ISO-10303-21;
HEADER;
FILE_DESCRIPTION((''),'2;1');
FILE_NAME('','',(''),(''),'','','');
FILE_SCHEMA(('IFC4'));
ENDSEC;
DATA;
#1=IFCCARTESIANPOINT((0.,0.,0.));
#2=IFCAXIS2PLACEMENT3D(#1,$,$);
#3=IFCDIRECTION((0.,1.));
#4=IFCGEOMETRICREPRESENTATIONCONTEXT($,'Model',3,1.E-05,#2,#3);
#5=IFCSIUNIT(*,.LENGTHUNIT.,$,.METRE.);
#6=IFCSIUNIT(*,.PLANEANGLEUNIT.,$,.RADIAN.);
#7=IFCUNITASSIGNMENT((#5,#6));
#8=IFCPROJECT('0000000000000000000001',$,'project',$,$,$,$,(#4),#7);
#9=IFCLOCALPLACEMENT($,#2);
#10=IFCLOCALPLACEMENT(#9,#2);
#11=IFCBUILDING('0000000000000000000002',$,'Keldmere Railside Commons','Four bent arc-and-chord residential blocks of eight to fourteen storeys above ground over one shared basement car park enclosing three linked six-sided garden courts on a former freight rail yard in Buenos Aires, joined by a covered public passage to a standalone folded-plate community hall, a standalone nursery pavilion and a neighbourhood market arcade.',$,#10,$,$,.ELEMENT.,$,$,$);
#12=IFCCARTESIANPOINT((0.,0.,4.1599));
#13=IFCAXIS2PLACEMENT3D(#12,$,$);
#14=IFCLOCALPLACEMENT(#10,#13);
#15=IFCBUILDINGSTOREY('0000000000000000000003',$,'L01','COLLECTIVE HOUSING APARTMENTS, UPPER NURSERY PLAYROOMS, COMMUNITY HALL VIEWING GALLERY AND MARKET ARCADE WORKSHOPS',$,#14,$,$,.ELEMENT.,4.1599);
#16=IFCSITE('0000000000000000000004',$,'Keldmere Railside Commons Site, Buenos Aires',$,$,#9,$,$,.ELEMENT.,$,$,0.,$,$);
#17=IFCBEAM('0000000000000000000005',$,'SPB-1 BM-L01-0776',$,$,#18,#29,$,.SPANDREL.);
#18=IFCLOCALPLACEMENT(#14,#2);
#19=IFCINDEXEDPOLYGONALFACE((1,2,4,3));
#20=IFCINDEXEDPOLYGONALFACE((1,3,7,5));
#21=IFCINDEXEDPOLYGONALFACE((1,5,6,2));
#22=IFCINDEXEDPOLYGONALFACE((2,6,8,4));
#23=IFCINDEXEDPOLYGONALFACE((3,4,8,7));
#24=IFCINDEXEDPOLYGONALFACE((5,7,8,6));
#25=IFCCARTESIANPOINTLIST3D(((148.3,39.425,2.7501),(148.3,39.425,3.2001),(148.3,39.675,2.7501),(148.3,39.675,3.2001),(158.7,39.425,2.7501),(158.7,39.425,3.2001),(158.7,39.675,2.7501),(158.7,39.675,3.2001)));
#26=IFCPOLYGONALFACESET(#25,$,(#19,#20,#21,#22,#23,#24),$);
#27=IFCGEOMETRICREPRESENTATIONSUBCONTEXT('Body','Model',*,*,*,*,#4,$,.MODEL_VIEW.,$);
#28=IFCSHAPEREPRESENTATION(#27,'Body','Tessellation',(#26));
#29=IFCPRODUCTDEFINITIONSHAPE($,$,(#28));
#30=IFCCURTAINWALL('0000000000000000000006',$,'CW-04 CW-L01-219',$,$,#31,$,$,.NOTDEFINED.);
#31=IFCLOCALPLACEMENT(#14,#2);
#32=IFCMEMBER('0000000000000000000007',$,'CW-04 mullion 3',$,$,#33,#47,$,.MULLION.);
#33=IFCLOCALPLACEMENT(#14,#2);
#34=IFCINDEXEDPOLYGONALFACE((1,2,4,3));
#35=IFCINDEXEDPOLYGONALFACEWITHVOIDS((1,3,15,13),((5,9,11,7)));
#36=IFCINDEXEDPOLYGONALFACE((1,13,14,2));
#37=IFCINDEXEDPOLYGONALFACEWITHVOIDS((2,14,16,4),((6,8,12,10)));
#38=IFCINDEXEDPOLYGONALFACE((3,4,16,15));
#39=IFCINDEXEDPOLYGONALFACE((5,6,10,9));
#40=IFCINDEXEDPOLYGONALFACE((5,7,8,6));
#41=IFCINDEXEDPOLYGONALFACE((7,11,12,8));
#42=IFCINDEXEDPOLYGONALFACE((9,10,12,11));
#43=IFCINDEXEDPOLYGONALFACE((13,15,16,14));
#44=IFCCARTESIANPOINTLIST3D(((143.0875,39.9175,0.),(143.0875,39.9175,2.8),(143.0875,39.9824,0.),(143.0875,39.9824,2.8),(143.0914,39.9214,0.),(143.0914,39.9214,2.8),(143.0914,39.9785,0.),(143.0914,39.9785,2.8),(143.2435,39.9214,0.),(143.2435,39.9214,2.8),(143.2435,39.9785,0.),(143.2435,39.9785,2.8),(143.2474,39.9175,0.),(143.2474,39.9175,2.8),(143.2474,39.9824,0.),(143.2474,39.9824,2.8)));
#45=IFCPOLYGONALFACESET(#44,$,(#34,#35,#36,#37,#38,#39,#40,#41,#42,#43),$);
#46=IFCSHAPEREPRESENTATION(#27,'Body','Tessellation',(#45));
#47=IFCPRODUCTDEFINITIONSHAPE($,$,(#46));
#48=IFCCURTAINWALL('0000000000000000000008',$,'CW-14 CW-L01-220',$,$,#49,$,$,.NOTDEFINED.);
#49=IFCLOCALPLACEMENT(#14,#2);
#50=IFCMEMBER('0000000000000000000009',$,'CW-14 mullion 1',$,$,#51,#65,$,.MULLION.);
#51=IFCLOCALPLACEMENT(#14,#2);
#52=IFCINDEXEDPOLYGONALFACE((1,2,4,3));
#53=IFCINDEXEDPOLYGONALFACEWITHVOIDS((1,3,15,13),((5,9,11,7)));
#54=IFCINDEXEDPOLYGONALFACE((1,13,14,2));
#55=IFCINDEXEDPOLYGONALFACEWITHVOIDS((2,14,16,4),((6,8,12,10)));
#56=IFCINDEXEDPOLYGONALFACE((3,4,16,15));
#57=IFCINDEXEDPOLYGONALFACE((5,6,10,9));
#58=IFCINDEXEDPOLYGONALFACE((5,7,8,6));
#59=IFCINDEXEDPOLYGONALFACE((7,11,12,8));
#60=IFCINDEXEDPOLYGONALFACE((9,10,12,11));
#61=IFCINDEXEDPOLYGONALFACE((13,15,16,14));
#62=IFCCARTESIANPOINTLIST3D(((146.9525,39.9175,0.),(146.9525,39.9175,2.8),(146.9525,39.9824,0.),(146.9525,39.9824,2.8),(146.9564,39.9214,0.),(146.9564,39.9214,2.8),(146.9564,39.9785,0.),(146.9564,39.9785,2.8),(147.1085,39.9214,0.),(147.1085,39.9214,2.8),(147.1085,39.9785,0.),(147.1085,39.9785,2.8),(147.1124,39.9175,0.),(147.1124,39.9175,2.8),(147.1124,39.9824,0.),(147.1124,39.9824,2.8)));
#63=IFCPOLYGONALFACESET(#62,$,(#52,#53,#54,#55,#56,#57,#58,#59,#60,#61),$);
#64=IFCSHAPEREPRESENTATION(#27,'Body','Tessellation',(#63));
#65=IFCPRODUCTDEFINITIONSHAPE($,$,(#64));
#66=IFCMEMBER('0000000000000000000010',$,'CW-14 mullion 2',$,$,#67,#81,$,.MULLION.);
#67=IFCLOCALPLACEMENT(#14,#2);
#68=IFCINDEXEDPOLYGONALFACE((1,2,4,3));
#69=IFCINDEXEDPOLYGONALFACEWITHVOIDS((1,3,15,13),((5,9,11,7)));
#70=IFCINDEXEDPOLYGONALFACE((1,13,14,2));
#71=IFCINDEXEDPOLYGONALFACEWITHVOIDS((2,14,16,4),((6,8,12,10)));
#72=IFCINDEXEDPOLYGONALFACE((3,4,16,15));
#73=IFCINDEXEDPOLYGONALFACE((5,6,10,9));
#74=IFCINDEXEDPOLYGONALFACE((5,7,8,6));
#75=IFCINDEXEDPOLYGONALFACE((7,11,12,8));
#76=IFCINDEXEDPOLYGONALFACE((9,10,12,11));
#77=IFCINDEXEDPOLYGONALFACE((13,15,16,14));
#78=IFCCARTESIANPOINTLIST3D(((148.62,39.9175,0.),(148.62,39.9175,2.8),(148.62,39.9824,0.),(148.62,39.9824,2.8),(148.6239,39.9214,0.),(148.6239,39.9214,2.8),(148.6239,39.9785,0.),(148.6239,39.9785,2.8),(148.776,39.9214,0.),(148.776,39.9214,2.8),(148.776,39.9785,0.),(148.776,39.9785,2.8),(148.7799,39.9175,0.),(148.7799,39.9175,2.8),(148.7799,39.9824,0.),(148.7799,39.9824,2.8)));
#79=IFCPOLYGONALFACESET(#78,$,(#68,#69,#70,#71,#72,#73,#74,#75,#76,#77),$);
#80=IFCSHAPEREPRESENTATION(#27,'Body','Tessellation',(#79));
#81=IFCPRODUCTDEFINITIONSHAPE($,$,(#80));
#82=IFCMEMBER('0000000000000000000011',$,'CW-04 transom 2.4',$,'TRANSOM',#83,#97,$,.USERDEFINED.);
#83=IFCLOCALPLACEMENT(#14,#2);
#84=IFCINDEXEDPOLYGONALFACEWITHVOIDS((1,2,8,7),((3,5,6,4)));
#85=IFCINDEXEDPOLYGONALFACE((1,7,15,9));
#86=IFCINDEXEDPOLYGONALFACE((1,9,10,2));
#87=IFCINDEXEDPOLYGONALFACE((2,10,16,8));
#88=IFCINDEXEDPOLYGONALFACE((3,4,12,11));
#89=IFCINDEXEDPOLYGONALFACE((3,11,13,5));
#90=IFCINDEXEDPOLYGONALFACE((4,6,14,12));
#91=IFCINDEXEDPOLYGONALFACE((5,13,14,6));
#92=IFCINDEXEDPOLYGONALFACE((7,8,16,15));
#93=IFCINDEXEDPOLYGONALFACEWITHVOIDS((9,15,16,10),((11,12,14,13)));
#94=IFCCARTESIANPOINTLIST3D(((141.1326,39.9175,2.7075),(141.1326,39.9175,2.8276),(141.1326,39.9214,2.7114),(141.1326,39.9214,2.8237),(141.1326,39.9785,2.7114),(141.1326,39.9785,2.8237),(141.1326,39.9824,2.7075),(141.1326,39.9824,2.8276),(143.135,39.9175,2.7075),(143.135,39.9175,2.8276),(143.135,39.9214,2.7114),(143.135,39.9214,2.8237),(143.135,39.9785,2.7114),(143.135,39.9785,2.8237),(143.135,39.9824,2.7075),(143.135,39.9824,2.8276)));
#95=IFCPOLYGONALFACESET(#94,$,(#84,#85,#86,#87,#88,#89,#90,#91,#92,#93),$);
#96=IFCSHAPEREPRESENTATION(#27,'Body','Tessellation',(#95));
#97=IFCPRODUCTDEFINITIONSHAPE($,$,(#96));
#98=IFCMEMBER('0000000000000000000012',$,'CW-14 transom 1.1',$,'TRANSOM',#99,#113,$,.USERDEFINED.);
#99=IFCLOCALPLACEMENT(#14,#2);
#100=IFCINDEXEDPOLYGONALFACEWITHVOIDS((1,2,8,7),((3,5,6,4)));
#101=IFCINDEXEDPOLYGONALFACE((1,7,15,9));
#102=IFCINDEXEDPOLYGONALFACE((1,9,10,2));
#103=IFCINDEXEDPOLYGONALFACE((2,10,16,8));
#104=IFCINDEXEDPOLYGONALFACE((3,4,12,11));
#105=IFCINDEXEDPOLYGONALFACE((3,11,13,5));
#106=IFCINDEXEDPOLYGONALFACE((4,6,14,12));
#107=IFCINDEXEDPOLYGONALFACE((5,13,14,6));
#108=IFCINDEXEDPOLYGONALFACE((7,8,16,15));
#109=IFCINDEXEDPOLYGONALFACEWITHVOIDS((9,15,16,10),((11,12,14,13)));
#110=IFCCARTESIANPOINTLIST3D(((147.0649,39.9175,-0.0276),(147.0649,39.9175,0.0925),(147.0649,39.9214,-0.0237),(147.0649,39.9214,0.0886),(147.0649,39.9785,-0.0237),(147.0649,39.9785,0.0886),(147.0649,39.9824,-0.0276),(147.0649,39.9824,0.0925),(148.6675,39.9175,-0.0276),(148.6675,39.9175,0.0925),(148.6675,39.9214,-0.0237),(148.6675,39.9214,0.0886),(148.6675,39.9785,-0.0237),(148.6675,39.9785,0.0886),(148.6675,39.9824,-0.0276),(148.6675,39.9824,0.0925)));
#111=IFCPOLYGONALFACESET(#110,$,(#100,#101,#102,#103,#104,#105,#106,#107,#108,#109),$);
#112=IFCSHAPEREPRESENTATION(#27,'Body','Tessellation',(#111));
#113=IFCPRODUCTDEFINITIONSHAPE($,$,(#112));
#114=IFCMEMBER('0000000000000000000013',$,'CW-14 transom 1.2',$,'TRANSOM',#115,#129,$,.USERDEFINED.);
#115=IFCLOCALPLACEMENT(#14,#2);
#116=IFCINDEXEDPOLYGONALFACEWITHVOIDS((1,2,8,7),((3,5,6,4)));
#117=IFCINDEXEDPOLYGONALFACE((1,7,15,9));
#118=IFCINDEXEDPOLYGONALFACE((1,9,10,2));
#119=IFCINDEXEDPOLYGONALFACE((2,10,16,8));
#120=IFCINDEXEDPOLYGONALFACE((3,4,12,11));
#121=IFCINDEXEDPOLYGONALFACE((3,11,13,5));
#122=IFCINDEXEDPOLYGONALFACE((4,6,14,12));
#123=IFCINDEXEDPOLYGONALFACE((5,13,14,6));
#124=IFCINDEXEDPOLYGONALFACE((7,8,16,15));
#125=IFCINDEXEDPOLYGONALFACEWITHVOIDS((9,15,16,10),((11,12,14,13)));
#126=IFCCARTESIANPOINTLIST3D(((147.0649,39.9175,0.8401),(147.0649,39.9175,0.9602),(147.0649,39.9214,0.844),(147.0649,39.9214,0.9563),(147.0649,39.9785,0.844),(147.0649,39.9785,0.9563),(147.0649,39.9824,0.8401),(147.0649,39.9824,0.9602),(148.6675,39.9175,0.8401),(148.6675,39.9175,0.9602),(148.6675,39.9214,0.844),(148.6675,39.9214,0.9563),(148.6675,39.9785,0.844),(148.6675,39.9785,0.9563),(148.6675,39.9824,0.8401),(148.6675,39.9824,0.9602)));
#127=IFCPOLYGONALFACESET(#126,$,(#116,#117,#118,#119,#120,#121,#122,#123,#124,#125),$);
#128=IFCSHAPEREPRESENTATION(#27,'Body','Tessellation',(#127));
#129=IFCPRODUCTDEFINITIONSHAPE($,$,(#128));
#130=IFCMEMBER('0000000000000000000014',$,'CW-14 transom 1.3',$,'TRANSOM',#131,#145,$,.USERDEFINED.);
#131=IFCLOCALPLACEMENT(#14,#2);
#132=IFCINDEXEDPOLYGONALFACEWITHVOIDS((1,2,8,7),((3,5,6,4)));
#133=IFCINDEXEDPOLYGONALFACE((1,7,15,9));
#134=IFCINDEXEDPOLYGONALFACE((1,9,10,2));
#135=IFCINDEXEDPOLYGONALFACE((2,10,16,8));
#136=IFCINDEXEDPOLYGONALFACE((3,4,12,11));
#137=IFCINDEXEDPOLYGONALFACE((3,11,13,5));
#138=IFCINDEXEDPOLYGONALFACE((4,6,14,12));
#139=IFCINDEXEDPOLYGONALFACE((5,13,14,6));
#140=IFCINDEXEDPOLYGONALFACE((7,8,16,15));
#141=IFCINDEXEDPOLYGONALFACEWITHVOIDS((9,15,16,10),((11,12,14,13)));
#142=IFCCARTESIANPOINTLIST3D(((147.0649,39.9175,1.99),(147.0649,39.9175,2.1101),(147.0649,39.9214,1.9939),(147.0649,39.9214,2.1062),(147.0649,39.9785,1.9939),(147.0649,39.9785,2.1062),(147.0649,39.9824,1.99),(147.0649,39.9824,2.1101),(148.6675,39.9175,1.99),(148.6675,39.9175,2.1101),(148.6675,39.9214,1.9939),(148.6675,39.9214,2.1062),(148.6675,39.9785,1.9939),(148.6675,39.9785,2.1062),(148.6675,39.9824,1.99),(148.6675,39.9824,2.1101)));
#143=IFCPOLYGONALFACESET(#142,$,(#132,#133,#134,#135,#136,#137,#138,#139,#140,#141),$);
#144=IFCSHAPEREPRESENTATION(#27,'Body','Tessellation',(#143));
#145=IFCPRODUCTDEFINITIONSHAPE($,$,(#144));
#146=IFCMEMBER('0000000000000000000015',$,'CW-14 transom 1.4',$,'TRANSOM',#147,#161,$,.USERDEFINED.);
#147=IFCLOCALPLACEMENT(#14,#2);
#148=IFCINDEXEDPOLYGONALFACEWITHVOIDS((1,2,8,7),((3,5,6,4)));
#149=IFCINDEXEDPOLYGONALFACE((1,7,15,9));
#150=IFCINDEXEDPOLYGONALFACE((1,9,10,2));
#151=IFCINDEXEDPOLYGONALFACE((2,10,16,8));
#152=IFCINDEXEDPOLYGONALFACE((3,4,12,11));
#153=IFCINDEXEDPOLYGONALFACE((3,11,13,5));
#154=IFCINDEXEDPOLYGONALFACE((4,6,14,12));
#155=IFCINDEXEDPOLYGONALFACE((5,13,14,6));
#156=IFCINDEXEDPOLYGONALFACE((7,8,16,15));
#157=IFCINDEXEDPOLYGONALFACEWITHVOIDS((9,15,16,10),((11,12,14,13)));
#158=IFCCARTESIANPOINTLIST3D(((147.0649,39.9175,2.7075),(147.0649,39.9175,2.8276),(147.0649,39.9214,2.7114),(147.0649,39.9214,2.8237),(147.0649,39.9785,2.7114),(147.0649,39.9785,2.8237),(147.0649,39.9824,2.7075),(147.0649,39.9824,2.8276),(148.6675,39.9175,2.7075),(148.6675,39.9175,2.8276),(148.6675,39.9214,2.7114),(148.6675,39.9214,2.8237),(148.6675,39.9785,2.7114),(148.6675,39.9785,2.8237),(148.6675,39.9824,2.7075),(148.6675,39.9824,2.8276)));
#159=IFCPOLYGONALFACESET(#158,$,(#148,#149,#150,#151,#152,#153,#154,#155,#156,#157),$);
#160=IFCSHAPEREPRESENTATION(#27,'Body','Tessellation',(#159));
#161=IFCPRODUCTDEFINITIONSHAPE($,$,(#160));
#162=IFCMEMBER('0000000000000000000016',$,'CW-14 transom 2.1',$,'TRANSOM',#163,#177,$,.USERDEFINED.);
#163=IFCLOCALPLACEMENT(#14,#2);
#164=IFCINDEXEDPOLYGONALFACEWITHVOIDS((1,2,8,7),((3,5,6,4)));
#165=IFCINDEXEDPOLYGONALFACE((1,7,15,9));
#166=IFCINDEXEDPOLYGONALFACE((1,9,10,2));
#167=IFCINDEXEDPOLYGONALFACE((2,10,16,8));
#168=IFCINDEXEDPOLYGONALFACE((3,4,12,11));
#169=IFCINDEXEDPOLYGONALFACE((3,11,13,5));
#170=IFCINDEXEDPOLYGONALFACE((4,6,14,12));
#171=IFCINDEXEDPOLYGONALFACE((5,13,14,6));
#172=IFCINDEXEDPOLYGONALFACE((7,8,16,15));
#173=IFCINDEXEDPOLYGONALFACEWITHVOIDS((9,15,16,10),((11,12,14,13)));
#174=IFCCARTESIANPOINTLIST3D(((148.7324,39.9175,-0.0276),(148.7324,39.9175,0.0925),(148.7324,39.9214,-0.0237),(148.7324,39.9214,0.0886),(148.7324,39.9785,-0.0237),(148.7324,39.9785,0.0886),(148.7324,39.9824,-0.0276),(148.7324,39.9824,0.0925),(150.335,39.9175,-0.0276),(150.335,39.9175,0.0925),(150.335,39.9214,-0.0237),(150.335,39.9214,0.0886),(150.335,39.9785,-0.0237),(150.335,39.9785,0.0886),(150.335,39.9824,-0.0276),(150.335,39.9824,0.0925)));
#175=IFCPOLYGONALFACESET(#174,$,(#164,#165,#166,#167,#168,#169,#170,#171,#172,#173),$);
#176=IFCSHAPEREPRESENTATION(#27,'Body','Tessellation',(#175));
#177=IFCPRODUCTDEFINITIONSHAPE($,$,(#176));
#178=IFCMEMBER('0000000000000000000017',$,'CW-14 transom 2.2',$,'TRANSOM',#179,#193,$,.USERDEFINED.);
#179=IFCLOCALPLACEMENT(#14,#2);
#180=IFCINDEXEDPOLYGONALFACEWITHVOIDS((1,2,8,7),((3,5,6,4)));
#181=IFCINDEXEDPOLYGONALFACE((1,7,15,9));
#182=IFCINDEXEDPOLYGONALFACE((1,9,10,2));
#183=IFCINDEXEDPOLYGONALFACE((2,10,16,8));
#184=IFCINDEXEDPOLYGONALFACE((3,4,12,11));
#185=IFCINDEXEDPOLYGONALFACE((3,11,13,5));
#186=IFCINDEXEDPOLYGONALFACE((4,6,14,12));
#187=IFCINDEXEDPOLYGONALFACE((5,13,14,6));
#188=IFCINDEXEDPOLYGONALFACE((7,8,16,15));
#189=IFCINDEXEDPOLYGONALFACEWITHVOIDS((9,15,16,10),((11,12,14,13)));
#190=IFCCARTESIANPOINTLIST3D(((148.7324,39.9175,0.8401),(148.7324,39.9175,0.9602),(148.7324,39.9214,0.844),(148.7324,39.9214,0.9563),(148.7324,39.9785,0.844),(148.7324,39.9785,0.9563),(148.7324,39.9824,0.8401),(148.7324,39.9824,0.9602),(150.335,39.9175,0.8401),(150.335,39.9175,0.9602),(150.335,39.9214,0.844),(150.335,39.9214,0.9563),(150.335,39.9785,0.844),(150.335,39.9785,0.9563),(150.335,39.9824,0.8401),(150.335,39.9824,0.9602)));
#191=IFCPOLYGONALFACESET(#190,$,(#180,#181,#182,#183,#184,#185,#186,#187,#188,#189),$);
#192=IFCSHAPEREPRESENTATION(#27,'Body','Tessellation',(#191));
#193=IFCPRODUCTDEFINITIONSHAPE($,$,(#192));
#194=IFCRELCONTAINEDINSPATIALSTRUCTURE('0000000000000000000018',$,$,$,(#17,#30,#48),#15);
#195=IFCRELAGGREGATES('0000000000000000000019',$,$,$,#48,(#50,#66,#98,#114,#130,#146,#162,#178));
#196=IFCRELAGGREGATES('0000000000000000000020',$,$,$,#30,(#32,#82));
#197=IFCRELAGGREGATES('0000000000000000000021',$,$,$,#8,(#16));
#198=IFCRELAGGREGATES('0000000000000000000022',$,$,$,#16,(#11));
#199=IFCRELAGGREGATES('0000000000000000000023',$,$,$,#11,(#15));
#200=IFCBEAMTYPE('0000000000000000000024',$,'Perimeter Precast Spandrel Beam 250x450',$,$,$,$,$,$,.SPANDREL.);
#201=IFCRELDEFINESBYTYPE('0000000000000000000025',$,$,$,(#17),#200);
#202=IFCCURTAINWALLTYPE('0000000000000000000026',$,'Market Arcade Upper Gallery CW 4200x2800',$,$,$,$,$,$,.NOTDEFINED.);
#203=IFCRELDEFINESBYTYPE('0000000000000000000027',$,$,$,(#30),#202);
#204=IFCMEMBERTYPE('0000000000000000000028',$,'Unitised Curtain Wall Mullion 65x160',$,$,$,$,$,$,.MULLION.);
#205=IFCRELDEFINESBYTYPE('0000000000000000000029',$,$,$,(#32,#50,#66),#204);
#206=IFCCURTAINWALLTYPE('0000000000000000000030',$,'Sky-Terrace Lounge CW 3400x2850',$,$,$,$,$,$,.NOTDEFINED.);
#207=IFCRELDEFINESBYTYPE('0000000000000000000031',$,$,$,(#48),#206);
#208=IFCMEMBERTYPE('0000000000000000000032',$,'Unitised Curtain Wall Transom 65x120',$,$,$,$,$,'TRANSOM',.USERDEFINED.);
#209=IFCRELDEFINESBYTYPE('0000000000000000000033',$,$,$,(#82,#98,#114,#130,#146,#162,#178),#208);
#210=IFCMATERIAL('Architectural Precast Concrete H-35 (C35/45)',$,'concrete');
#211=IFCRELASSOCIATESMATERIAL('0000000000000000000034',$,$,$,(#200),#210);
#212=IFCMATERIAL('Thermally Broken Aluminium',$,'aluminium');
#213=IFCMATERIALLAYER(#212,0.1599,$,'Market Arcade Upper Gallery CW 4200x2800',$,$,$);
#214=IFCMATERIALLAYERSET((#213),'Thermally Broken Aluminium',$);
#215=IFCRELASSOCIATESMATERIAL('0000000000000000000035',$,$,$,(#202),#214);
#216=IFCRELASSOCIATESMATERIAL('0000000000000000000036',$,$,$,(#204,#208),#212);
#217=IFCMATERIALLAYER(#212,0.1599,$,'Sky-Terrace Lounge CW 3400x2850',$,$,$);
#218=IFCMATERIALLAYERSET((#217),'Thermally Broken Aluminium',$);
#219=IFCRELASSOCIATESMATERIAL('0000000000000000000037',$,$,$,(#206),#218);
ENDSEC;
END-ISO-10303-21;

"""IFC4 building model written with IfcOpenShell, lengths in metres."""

from ifc_helpers import new_model, si_unit, direction, frame, origin, origin_2d, place, context, subcontext, project, spatial, rectangle, hollow_rectangle, extrude, material, layer, layer_set, material_profile, profile_set, type_object, element, aggregate, save


model = new_model("IFC4")

# Units and contexts
model_context = context("Model", 3, precision=1e-05, world=origin(), true_north=direction((0.0, 1.0)))
body_context = subcontext(model_context, "Body", "Model", "MODEL_VIEW")
ifc_project = project(units=[si_unit("LENGTHUNIT", "METRE"), si_unit("PLANEANGLEUNIT", "RADIAN")], contexts=[model_context])

# Site, building, storey
site_placement = place(None, origin())
site = spatial("IfcSite", under=ifc_project, at=site_placement, Name="Keldmere Railside Commons Site, Buenos Aires", CompositionType="ELEMENT", RefElevation=0.0)
building_placement = place(site_placement, origin())
building = spatial("IfcBuilding", under=site, at=building_placement, Name="Keldmere Railside Commons", Description="Four bent arc-and-chord residential blocks of eight to fourteen storeys above ground over one shared basement car park enclosing three linked six-sided garden courts on a former freight rail yard in Buenos Aires, joined by a covered public passage to a standalone folded-plate community hall, a standalone nursery pavilion and a neighbourhood market arcade.", CompositionType="ELEMENT")
storey_placement = place(building_placement, frame((0.0, 0.0, 4.1599)))
storey = spatial("IfcBuildingStorey", under=building, at=storey_placement, Name="L01", Description="COLLECTIVE HOUSING APARTMENTS, UPPER NURSERY PLAYROOMS, COMMUNITY HALL VIEWING GALLERY AND MARKET ARCADE WORKSHOPS", CompositionType="ELEMENT", Elevation=4.1599)

# Beam
ifc_material_1 = material(Name="Architectural Precast Concrete H-35 (C35/45)", Category="concrete")
ifc_material_profile_1 = material_profile(ifc_material_1, rectangle(XDim=0.25, YDim=0.45, at=origin_2d()), Name="RC-250x450")
ifc_profile_set_1 = profile_set([ifc_material_profile_1], Name="Architectural Precast Concrete H-35 (C35/45)")
beam_type = type_object("IfcBeamType", Name="Perimeter Precast Spandrel Beam 250x450", PredefinedType="SPANDREL", material=ifc_profile_set_1)
beam_placement = place(storey_placement, frame((148.3, 39.55, 2.9751), z_axis=(1.0, 0.0, 0.0), x_axis=(0.0, 1.0, 0.0)))
element("IfcBeam", 1, at=beam_placement, inside=storey, type_object=beam_type, Name="SPB-1 BM-L01-0776", PredefinedType="SPANDREL", context=body_context, shape_type="SweptSolid", body=[
    extrude(rectangle(XDim=0.25, YDim=0.45, at=origin_2d()), origin(), (0.0, 0.0, 1.0), 10.3999),
])

# Curtain wall, member
ifc_material_2 = material(Name="Thermally Broken Aluminium", Category="aluminium")
ifc_layer_1 = layer(ifc_material_2, 0.1599, Name="Market Arcade Upper Gallery CW 4200x2800")
ifc_layer_set_1 = layer_set([ifc_layer_1], Name="Thermally Broken Aluminium")
curtain_wall_type_1 = type_object("IfcCurtainWallType", Name="Market Arcade Upper Gallery CW 4200x2800", PredefinedType="NOTDEFINED", material=ifc_layer_set_1)
curtain_wall_1_placement = place(storey_placement, origin())
curtain_wall_1 = element("IfcCurtainWall", 2, at=curtain_wall_1_placement, inside=storey, type_object=curtain_wall_type_1, Name="CW-04 CW-L01-219", PredefinedType="NOTDEFINED")
ifc_material_profile_2 = material_profile(ifc_material_2, hollow_rectangle(XDim=0.0649, YDim=0.1599, WallThickness=0.0039, at=origin_2d()), Name="ALU-MULL-65x160")
ifc_profile_set_2 = profile_set([ifc_material_profile_2], Name="Thermally Broken Aluminium")
member_type_1 = type_object("IfcMemberType", Name="Unitised Curtain Wall Mullion 65x160", PredefinedType="MULLION", material=ifc_profile_set_2)
member_1_placement = place(storey_placement, frame((143.1675, 39.95, 0.0), z_axis=(0.0, 0.0, 1.0), x_axis=(0.0, 1.0, 0.0)))
member_1 = element("IfcMember", 3, at=member_1_placement, type_object=member_type_1, Name="CW-04 mullion 3", PredefinedType="MULLION", context=body_context, shape_type="SweptSolid", body=[
    extrude(hollow_rectangle(XDim=0.0649, YDim=0.1599, WallThickness=0.0039, at=origin_2d()), origin(), (0.0, 0.0, 1.0), 2.8),
])

# Curtain wall, members
ifc_layer_2 = layer(ifc_material_2, 0.1599, Name="Sky-Terrace Lounge CW 3400x2850")
ifc_layer_set_2 = layer_set([ifc_layer_2], Name="Thermally Broken Aluminium")
curtain_wall_type_2 = type_object("IfcCurtainWallType", Name="Sky-Terrace Lounge CW 3400x2850", PredefinedType="NOTDEFINED", material=ifc_layer_set_2)
curtain_wall_2_placement = place(storey_placement, origin())
curtain_wall_2 = element("IfcCurtainWall", 4, at=curtain_wall_2_placement, inside=storey, type_object=curtain_wall_type_2, Name="CW-14 CW-L01-220", PredefinedType="NOTDEFINED")
member_2_placement = place(storey_placement, frame((147.0325, 39.95, 0.0), z_axis=(0.0, 0.0, 1.0), x_axis=(0.0, 1.0, 0.0)))
member_2 = element("IfcMember", 5, at=member_2_placement, type_object=member_type_1, Name="CW-14 mullion 1", PredefinedType="MULLION", context=body_context, shape_type="SweptSolid", body=[
    extrude(hollow_rectangle(XDim=0.0649, YDim=0.1599, WallThickness=0.0039, at=origin_2d()), origin(), (0.0, 0.0, 1.0), 2.8),
])
member_3_placement = place(storey_placement, frame((148.7, 39.95, 0.0), z_axis=(0.0, 0.0, 1.0), x_axis=(0.0, 1.0, 0.0)))
member_3 = element("IfcMember", 6, at=member_3_placement, type_object=member_type_1, Name="CW-14 mullion 2", PredefinedType="MULLION", context=body_context, shape_type="SweptSolid", body=[
    extrude(hollow_rectangle(XDim=0.0649, YDim=0.1599, WallThickness=0.0039, at=origin_2d()), origin(), (0.0, 0.0, 1.0), 2.8),
])

# Members
ifc_material_profile_3 = material_profile(ifc_material_2, hollow_rectangle(XDim=0.0649, YDim=0.1201, WallThickness=0.0039, at=origin_2d()), Name="ALU-TRAN-65x120")
ifc_profile_set_3 = profile_set([ifc_material_profile_3], Name="Thermally Broken Aluminium")
member_type_2 = type_object("IfcMemberType", Name="Unitised Curtain Wall Transom 65x120", ElementType="TRANSOM", PredefinedType="USERDEFINED", material=ifc_profile_set_3)
member_4_placement = place(storey_placement, frame((141.1326, 39.95, 2.7676), z_axis=(1.0, 0.0, 0.0), x_axis=(0.0, 1.0, 0.0)))
member_4 = element("IfcMember", 7, at=member_4_placement, type_object=member_type_2, Name="CW-04 transom 2.4", ObjectType="TRANSOM", PredefinedType="USERDEFINED", context=body_context, shape_type="SweptSolid", body=[
    extrude(hollow_rectangle(XDim=0.0649, YDim=0.1201, WallThickness=0.0039, at=origin_2d()), origin(), (0.0, 0.0, 1.0), 2.0024),
])
member_5_placement = place(storey_placement, frame((147.0649, 39.95, 0.0325), z_axis=(1.0, 0.0, 0.0), x_axis=(0.0, 1.0, 0.0)))
member_5 = element("IfcMember", 8, at=member_5_placement, type_object=member_type_2, Name="CW-14 transom 1.1", ObjectType="TRANSOM", PredefinedType="USERDEFINED", context=body_context, shape_type="SweptSolid", body=[
    extrude(hollow_rectangle(XDim=0.0649, YDim=0.1201, WallThickness=0.0039, at=origin_2d()), origin(), (0.0, 0.0, 1.0), 1.6025),
])
member_6_placement = place(storey_placement, frame((147.0649, 39.95, 0.9001), z_axis=(1.0, 0.0, 0.0), x_axis=(0.0, 1.0, 0.0)))
member_6 = element("IfcMember", 9, at=member_6_placement, type_object=member_type_2, Name="CW-14 transom 1.2", ObjectType="TRANSOM", PredefinedType="USERDEFINED", context=body_context, shape_type="SweptSolid", body=[
    extrude(hollow_rectangle(XDim=0.0649, YDim=0.1201, WallThickness=0.0039, at=origin_2d()), origin(), (0.0, 0.0, 1.0), 1.6025),
])
member_7_placement = place(storey_placement, frame((147.0649, 39.95, 2.05), z_axis=(1.0, 0.0, 0.0), x_axis=(0.0, 1.0, 0.0)))
member_7 = element("IfcMember", 10, at=member_7_placement, type_object=member_type_2, Name="CW-14 transom 1.3", ObjectType="TRANSOM", PredefinedType="USERDEFINED", context=body_context, shape_type="SweptSolid", body=[
    extrude(hollow_rectangle(XDim=0.0649, YDim=0.1201, WallThickness=0.0039, at=origin_2d()), origin(), (0.0, 0.0, 1.0), 1.6025),
])
member_8_placement = place(storey_placement, frame((147.0649, 39.95, 2.7676), z_axis=(1.0, 0.0, 0.0), x_axis=(0.0, 1.0, 0.0)))
member_8 = element("IfcMember", 11, at=member_8_placement, type_object=member_type_2, Name="CW-14 transom 1.4", ObjectType="TRANSOM", PredefinedType="USERDEFINED", context=body_context, shape_type="SweptSolid", body=[
    extrude(hollow_rectangle(XDim=0.0649, YDim=0.1201, WallThickness=0.0039, at=origin_2d()), origin(), (0.0, 0.0, 1.0), 1.6025),
])
member_9_placement = place(storey_placement, frame((148.7324, 39.95, 0.0325), z_axis=(1.0, 0.0, 0.0), x_axis=(0.0, 1.0, 0.0)))
member_9 = element("IfcMember", 12, at=member_9_placement, type_object=member_type_2, Name="CW-14 transom 2.1", ObjectType="TRANSOM", PredefinedType="USERDEFINED", context=body_context, shape_type="SweptSolid", body=[
    extrude(hollow_rectangle(XDim=0.0649, YDim=0.1201, WallThickness=0.0039, at=origin_2d()), origin(), (0.0, 0.0, 1.0), 1.6025),
])
member_10_placement = place(storey_placement, frame((148.7324, 39.95, 0.9001), z_axis=(1.0, 0.0, 0.0), x_axis=(0.0, 1.0, 0.0)))
member_10 = element("IfcMember", 13, at=member_10_placement, type_object=member_type_2, Name="CW-14 transom 2.2", ObjectType="TRANSOM", PredefinedType="USERDEFINED", context=body_context, shape_type="SweptSolid", body=[
    extrude(hollow_rectangle(XDim=0.0649, YDim=0.1201, WallThickness=0.0039, at=origin_2d()), origin(), (0.0, 0.0, 1.0), 1.6025),
])

aggregate(curtain_wall_2, [member_2, member_3, member_5, member_6, member_7, member_8, member_9, member_10])
aggregate(curtain_wall_1, [member_1, member_4])

save(model, "model.ifc")
